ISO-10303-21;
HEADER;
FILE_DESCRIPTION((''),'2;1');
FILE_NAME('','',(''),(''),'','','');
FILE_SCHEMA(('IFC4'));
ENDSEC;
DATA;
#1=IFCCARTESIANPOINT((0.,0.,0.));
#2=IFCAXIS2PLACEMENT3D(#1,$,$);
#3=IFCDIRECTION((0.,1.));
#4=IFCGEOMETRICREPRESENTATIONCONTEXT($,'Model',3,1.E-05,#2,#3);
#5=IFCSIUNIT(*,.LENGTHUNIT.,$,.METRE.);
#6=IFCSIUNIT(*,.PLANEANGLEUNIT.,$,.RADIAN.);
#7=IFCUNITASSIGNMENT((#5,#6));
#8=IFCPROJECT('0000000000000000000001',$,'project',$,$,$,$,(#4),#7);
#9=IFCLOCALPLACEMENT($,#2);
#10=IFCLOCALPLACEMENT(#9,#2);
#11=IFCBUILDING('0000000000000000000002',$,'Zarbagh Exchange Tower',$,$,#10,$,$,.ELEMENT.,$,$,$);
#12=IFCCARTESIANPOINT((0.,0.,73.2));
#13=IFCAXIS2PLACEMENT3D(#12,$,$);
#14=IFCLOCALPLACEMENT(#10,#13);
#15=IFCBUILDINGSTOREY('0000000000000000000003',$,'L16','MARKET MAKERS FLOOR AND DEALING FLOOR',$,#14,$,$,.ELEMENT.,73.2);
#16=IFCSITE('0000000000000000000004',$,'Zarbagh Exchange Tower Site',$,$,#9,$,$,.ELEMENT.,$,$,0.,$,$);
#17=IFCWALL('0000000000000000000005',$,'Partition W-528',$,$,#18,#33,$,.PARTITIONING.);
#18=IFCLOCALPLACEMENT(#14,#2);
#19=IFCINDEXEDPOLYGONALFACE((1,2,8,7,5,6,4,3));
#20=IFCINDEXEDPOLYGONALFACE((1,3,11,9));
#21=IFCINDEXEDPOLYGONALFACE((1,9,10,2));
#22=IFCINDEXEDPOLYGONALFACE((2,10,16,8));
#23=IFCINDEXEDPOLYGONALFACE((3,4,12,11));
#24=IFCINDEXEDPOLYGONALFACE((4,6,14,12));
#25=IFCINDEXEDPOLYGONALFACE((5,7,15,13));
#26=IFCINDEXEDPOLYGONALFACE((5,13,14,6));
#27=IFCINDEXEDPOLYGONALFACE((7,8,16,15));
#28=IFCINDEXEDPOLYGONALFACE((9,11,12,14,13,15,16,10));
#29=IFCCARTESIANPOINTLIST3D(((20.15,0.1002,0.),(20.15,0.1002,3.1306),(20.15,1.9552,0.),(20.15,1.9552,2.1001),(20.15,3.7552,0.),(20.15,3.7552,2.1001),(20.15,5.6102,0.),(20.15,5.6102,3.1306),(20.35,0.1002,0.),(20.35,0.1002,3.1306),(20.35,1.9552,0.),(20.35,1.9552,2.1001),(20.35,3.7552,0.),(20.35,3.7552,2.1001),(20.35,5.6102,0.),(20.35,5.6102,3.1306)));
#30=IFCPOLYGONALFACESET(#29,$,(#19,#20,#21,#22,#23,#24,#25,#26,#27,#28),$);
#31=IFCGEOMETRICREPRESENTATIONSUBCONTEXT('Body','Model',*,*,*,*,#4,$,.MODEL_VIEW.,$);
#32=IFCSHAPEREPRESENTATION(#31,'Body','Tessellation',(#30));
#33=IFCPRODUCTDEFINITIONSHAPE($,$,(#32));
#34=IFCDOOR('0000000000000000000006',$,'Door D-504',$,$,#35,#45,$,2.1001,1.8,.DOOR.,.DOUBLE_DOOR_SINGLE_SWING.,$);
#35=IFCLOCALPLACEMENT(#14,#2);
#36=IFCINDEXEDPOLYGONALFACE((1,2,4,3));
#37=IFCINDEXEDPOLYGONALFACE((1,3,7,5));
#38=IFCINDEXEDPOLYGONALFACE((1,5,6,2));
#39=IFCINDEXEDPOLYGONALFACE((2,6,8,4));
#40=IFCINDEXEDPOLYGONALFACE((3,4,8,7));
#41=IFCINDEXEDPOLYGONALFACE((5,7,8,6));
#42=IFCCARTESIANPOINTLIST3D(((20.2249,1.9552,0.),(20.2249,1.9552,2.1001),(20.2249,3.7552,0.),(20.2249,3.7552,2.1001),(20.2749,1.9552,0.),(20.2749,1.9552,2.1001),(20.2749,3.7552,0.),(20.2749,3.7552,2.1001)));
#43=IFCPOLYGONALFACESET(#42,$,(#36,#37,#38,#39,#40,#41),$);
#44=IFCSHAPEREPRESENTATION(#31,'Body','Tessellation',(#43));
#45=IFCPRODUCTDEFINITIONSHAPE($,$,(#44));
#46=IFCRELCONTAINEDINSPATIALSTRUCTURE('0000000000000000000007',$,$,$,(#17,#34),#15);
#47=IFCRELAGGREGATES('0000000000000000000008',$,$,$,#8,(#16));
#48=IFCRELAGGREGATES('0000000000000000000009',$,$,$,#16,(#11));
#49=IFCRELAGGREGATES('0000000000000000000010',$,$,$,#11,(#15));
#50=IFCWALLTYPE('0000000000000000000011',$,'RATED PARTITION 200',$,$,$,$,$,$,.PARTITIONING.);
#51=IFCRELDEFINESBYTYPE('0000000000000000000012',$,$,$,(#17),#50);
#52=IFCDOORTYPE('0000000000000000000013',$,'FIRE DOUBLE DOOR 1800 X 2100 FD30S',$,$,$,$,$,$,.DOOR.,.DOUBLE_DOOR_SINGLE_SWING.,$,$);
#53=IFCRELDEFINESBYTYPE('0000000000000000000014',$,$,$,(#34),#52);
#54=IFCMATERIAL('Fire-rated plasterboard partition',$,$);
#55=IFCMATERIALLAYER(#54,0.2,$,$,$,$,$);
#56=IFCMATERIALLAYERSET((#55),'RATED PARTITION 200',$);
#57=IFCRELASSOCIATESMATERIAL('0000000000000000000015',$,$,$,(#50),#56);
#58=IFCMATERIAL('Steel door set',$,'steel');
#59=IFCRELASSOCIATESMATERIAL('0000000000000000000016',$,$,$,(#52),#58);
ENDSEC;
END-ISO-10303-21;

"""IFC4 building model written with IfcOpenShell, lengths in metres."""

from ifc_helpers import new_model, si_unit, direction, frame, frame_2d, origin, place, context, subcontext, project, spatial, rectangle, extrude, material, layer, layer_set, type_object, element, fill, save


model = new_model("IFC4")

# Units and contexts
model_context = context("Model", 3, precision=1e-05, world=origin(), true_north=direction((0.0, 1.0)))
body_context = subcontext(model_context, "Body", "Model", "MODEL_VIEW")
ifc_project = project(units=[si_unit("LENGTHUNIT", "METRE"), si_unit("PLANEANGLEUNIT", "RADIAN")], contexts=[model_context])

# Site, building, storey
site_placement = place(None, origin())
site = spatial("IfcSite", under=ifc_project, at=site_placement, Name="Zarbagh Exchange Tower Site", CompositionType="ELEMENT", RefElevation=0.0)
building_placement = place(site_placement, origin())
building = spatial("IfcBuilding", under=site, at=building_placement, Name="Zarbagh Exchange Tower", CompositionType="ELEMENT")
storey_placement = place(building_placement, frame((0.0, 0.0, 73.2)))
storey = spatial("IfcBuildingStorey", under=building, at=storey_placement, Name="L16", Description="MARKET MAKERS FLOOR AND DEALING FLOOR", CompositionType="ELEMENT", Elevation=73.2)

# Shared definitions
ifc_material_1 = material(Name="Fire-rated plasterboard partition")
ifc_layer = layer(ifc_material_1, 0.2)
ifc_layer_set = layer_set([ifc_layer], Name="RATED PARTITION 200")
wall_type = type_object("IfcWallType", Name="RATED PARTITION 200", PredefinedType="PARTITIONING", material=ifc_layer_set)

# Shared definitions
ifc_material_2 = material(Name="Steel door set", Category="steel")

# Wall, opening, door
wall_1_placement = place(storey_placement, frame((20.25, 5.6101, 0.0), z_axis=(0.0, 0.0, 1.0), x_axis=(0.0, -1.0, 0.0)))
wall_1 = element("IfcWall", 1, at=wall_1_placement, inside=storey, type_object=wall_type, Name="Partition W-528", PredefinedType="PARTITIONING", context=body_context, shape_type="SweptSolid", body=[
    extrude(rectangle(XDim=5.51, YDim=0.2, at=frame_2d((2.7549, 0.0))), origin(), (0.0, 0.0, 1.0), 3.1306),
])
opening_1_placement = place(wall_1_placement, frame((1.855, 0.0, 0.0)))
opening_1 = element("IfcOpeningElement", 2, at=opening_1_placement, cuts=wall_1, PredefinedType="OPENING", context=body_context, shape_type="SweptSolid", body=[
    extrude(rectangle(XDim=1.8, YDim=2.1001, at=frame_2d((0.8999, 1.05))), frame((0.0, 0.1099, 0.0), z_axis=(0.0, -1.0, 0.0), x_axis=(1.0, 0.0, 0.0)), (0.0, 0.0, 1.0), 0.22),
])
door_type_1 = type_object("IfcDoorType", Name="FIRE DOUBLE DOOR 1800 X 2100 FD30S", OperationType="DOUBLE_DOOR_SINGLE_SWING", PredefinedType="DOOR", material=ifc_material_2)
door_1_placement = place(opening_1_placement, origin())
door_1 = element("IfcDoor", 3, at=door_1_placement, inside=storey, type_object=door_type_1, Name="Door D-504", OperationType="DOUBLE_DOOR_SINGLE_SWING", OverallHeight=2.1001, OverallWidth=1.8, PredefinedType="DOOR", context=body_context, shape_type="SweptSolid", body=[
    extrude(rectangle(XDim=1.8, YDim=2.1001, at=frame_2d((0.8999, 1.05))), frame((0.0, 0.0249, 0.0), z_axis=(0.0, -1.0, 0.0), x_axis=(1.0, 0.0, 0.0)), (0.0, 0.0, 1.0), 0.05),
])
fill(opening_1, door_1)

save(model, "model.ifc")
